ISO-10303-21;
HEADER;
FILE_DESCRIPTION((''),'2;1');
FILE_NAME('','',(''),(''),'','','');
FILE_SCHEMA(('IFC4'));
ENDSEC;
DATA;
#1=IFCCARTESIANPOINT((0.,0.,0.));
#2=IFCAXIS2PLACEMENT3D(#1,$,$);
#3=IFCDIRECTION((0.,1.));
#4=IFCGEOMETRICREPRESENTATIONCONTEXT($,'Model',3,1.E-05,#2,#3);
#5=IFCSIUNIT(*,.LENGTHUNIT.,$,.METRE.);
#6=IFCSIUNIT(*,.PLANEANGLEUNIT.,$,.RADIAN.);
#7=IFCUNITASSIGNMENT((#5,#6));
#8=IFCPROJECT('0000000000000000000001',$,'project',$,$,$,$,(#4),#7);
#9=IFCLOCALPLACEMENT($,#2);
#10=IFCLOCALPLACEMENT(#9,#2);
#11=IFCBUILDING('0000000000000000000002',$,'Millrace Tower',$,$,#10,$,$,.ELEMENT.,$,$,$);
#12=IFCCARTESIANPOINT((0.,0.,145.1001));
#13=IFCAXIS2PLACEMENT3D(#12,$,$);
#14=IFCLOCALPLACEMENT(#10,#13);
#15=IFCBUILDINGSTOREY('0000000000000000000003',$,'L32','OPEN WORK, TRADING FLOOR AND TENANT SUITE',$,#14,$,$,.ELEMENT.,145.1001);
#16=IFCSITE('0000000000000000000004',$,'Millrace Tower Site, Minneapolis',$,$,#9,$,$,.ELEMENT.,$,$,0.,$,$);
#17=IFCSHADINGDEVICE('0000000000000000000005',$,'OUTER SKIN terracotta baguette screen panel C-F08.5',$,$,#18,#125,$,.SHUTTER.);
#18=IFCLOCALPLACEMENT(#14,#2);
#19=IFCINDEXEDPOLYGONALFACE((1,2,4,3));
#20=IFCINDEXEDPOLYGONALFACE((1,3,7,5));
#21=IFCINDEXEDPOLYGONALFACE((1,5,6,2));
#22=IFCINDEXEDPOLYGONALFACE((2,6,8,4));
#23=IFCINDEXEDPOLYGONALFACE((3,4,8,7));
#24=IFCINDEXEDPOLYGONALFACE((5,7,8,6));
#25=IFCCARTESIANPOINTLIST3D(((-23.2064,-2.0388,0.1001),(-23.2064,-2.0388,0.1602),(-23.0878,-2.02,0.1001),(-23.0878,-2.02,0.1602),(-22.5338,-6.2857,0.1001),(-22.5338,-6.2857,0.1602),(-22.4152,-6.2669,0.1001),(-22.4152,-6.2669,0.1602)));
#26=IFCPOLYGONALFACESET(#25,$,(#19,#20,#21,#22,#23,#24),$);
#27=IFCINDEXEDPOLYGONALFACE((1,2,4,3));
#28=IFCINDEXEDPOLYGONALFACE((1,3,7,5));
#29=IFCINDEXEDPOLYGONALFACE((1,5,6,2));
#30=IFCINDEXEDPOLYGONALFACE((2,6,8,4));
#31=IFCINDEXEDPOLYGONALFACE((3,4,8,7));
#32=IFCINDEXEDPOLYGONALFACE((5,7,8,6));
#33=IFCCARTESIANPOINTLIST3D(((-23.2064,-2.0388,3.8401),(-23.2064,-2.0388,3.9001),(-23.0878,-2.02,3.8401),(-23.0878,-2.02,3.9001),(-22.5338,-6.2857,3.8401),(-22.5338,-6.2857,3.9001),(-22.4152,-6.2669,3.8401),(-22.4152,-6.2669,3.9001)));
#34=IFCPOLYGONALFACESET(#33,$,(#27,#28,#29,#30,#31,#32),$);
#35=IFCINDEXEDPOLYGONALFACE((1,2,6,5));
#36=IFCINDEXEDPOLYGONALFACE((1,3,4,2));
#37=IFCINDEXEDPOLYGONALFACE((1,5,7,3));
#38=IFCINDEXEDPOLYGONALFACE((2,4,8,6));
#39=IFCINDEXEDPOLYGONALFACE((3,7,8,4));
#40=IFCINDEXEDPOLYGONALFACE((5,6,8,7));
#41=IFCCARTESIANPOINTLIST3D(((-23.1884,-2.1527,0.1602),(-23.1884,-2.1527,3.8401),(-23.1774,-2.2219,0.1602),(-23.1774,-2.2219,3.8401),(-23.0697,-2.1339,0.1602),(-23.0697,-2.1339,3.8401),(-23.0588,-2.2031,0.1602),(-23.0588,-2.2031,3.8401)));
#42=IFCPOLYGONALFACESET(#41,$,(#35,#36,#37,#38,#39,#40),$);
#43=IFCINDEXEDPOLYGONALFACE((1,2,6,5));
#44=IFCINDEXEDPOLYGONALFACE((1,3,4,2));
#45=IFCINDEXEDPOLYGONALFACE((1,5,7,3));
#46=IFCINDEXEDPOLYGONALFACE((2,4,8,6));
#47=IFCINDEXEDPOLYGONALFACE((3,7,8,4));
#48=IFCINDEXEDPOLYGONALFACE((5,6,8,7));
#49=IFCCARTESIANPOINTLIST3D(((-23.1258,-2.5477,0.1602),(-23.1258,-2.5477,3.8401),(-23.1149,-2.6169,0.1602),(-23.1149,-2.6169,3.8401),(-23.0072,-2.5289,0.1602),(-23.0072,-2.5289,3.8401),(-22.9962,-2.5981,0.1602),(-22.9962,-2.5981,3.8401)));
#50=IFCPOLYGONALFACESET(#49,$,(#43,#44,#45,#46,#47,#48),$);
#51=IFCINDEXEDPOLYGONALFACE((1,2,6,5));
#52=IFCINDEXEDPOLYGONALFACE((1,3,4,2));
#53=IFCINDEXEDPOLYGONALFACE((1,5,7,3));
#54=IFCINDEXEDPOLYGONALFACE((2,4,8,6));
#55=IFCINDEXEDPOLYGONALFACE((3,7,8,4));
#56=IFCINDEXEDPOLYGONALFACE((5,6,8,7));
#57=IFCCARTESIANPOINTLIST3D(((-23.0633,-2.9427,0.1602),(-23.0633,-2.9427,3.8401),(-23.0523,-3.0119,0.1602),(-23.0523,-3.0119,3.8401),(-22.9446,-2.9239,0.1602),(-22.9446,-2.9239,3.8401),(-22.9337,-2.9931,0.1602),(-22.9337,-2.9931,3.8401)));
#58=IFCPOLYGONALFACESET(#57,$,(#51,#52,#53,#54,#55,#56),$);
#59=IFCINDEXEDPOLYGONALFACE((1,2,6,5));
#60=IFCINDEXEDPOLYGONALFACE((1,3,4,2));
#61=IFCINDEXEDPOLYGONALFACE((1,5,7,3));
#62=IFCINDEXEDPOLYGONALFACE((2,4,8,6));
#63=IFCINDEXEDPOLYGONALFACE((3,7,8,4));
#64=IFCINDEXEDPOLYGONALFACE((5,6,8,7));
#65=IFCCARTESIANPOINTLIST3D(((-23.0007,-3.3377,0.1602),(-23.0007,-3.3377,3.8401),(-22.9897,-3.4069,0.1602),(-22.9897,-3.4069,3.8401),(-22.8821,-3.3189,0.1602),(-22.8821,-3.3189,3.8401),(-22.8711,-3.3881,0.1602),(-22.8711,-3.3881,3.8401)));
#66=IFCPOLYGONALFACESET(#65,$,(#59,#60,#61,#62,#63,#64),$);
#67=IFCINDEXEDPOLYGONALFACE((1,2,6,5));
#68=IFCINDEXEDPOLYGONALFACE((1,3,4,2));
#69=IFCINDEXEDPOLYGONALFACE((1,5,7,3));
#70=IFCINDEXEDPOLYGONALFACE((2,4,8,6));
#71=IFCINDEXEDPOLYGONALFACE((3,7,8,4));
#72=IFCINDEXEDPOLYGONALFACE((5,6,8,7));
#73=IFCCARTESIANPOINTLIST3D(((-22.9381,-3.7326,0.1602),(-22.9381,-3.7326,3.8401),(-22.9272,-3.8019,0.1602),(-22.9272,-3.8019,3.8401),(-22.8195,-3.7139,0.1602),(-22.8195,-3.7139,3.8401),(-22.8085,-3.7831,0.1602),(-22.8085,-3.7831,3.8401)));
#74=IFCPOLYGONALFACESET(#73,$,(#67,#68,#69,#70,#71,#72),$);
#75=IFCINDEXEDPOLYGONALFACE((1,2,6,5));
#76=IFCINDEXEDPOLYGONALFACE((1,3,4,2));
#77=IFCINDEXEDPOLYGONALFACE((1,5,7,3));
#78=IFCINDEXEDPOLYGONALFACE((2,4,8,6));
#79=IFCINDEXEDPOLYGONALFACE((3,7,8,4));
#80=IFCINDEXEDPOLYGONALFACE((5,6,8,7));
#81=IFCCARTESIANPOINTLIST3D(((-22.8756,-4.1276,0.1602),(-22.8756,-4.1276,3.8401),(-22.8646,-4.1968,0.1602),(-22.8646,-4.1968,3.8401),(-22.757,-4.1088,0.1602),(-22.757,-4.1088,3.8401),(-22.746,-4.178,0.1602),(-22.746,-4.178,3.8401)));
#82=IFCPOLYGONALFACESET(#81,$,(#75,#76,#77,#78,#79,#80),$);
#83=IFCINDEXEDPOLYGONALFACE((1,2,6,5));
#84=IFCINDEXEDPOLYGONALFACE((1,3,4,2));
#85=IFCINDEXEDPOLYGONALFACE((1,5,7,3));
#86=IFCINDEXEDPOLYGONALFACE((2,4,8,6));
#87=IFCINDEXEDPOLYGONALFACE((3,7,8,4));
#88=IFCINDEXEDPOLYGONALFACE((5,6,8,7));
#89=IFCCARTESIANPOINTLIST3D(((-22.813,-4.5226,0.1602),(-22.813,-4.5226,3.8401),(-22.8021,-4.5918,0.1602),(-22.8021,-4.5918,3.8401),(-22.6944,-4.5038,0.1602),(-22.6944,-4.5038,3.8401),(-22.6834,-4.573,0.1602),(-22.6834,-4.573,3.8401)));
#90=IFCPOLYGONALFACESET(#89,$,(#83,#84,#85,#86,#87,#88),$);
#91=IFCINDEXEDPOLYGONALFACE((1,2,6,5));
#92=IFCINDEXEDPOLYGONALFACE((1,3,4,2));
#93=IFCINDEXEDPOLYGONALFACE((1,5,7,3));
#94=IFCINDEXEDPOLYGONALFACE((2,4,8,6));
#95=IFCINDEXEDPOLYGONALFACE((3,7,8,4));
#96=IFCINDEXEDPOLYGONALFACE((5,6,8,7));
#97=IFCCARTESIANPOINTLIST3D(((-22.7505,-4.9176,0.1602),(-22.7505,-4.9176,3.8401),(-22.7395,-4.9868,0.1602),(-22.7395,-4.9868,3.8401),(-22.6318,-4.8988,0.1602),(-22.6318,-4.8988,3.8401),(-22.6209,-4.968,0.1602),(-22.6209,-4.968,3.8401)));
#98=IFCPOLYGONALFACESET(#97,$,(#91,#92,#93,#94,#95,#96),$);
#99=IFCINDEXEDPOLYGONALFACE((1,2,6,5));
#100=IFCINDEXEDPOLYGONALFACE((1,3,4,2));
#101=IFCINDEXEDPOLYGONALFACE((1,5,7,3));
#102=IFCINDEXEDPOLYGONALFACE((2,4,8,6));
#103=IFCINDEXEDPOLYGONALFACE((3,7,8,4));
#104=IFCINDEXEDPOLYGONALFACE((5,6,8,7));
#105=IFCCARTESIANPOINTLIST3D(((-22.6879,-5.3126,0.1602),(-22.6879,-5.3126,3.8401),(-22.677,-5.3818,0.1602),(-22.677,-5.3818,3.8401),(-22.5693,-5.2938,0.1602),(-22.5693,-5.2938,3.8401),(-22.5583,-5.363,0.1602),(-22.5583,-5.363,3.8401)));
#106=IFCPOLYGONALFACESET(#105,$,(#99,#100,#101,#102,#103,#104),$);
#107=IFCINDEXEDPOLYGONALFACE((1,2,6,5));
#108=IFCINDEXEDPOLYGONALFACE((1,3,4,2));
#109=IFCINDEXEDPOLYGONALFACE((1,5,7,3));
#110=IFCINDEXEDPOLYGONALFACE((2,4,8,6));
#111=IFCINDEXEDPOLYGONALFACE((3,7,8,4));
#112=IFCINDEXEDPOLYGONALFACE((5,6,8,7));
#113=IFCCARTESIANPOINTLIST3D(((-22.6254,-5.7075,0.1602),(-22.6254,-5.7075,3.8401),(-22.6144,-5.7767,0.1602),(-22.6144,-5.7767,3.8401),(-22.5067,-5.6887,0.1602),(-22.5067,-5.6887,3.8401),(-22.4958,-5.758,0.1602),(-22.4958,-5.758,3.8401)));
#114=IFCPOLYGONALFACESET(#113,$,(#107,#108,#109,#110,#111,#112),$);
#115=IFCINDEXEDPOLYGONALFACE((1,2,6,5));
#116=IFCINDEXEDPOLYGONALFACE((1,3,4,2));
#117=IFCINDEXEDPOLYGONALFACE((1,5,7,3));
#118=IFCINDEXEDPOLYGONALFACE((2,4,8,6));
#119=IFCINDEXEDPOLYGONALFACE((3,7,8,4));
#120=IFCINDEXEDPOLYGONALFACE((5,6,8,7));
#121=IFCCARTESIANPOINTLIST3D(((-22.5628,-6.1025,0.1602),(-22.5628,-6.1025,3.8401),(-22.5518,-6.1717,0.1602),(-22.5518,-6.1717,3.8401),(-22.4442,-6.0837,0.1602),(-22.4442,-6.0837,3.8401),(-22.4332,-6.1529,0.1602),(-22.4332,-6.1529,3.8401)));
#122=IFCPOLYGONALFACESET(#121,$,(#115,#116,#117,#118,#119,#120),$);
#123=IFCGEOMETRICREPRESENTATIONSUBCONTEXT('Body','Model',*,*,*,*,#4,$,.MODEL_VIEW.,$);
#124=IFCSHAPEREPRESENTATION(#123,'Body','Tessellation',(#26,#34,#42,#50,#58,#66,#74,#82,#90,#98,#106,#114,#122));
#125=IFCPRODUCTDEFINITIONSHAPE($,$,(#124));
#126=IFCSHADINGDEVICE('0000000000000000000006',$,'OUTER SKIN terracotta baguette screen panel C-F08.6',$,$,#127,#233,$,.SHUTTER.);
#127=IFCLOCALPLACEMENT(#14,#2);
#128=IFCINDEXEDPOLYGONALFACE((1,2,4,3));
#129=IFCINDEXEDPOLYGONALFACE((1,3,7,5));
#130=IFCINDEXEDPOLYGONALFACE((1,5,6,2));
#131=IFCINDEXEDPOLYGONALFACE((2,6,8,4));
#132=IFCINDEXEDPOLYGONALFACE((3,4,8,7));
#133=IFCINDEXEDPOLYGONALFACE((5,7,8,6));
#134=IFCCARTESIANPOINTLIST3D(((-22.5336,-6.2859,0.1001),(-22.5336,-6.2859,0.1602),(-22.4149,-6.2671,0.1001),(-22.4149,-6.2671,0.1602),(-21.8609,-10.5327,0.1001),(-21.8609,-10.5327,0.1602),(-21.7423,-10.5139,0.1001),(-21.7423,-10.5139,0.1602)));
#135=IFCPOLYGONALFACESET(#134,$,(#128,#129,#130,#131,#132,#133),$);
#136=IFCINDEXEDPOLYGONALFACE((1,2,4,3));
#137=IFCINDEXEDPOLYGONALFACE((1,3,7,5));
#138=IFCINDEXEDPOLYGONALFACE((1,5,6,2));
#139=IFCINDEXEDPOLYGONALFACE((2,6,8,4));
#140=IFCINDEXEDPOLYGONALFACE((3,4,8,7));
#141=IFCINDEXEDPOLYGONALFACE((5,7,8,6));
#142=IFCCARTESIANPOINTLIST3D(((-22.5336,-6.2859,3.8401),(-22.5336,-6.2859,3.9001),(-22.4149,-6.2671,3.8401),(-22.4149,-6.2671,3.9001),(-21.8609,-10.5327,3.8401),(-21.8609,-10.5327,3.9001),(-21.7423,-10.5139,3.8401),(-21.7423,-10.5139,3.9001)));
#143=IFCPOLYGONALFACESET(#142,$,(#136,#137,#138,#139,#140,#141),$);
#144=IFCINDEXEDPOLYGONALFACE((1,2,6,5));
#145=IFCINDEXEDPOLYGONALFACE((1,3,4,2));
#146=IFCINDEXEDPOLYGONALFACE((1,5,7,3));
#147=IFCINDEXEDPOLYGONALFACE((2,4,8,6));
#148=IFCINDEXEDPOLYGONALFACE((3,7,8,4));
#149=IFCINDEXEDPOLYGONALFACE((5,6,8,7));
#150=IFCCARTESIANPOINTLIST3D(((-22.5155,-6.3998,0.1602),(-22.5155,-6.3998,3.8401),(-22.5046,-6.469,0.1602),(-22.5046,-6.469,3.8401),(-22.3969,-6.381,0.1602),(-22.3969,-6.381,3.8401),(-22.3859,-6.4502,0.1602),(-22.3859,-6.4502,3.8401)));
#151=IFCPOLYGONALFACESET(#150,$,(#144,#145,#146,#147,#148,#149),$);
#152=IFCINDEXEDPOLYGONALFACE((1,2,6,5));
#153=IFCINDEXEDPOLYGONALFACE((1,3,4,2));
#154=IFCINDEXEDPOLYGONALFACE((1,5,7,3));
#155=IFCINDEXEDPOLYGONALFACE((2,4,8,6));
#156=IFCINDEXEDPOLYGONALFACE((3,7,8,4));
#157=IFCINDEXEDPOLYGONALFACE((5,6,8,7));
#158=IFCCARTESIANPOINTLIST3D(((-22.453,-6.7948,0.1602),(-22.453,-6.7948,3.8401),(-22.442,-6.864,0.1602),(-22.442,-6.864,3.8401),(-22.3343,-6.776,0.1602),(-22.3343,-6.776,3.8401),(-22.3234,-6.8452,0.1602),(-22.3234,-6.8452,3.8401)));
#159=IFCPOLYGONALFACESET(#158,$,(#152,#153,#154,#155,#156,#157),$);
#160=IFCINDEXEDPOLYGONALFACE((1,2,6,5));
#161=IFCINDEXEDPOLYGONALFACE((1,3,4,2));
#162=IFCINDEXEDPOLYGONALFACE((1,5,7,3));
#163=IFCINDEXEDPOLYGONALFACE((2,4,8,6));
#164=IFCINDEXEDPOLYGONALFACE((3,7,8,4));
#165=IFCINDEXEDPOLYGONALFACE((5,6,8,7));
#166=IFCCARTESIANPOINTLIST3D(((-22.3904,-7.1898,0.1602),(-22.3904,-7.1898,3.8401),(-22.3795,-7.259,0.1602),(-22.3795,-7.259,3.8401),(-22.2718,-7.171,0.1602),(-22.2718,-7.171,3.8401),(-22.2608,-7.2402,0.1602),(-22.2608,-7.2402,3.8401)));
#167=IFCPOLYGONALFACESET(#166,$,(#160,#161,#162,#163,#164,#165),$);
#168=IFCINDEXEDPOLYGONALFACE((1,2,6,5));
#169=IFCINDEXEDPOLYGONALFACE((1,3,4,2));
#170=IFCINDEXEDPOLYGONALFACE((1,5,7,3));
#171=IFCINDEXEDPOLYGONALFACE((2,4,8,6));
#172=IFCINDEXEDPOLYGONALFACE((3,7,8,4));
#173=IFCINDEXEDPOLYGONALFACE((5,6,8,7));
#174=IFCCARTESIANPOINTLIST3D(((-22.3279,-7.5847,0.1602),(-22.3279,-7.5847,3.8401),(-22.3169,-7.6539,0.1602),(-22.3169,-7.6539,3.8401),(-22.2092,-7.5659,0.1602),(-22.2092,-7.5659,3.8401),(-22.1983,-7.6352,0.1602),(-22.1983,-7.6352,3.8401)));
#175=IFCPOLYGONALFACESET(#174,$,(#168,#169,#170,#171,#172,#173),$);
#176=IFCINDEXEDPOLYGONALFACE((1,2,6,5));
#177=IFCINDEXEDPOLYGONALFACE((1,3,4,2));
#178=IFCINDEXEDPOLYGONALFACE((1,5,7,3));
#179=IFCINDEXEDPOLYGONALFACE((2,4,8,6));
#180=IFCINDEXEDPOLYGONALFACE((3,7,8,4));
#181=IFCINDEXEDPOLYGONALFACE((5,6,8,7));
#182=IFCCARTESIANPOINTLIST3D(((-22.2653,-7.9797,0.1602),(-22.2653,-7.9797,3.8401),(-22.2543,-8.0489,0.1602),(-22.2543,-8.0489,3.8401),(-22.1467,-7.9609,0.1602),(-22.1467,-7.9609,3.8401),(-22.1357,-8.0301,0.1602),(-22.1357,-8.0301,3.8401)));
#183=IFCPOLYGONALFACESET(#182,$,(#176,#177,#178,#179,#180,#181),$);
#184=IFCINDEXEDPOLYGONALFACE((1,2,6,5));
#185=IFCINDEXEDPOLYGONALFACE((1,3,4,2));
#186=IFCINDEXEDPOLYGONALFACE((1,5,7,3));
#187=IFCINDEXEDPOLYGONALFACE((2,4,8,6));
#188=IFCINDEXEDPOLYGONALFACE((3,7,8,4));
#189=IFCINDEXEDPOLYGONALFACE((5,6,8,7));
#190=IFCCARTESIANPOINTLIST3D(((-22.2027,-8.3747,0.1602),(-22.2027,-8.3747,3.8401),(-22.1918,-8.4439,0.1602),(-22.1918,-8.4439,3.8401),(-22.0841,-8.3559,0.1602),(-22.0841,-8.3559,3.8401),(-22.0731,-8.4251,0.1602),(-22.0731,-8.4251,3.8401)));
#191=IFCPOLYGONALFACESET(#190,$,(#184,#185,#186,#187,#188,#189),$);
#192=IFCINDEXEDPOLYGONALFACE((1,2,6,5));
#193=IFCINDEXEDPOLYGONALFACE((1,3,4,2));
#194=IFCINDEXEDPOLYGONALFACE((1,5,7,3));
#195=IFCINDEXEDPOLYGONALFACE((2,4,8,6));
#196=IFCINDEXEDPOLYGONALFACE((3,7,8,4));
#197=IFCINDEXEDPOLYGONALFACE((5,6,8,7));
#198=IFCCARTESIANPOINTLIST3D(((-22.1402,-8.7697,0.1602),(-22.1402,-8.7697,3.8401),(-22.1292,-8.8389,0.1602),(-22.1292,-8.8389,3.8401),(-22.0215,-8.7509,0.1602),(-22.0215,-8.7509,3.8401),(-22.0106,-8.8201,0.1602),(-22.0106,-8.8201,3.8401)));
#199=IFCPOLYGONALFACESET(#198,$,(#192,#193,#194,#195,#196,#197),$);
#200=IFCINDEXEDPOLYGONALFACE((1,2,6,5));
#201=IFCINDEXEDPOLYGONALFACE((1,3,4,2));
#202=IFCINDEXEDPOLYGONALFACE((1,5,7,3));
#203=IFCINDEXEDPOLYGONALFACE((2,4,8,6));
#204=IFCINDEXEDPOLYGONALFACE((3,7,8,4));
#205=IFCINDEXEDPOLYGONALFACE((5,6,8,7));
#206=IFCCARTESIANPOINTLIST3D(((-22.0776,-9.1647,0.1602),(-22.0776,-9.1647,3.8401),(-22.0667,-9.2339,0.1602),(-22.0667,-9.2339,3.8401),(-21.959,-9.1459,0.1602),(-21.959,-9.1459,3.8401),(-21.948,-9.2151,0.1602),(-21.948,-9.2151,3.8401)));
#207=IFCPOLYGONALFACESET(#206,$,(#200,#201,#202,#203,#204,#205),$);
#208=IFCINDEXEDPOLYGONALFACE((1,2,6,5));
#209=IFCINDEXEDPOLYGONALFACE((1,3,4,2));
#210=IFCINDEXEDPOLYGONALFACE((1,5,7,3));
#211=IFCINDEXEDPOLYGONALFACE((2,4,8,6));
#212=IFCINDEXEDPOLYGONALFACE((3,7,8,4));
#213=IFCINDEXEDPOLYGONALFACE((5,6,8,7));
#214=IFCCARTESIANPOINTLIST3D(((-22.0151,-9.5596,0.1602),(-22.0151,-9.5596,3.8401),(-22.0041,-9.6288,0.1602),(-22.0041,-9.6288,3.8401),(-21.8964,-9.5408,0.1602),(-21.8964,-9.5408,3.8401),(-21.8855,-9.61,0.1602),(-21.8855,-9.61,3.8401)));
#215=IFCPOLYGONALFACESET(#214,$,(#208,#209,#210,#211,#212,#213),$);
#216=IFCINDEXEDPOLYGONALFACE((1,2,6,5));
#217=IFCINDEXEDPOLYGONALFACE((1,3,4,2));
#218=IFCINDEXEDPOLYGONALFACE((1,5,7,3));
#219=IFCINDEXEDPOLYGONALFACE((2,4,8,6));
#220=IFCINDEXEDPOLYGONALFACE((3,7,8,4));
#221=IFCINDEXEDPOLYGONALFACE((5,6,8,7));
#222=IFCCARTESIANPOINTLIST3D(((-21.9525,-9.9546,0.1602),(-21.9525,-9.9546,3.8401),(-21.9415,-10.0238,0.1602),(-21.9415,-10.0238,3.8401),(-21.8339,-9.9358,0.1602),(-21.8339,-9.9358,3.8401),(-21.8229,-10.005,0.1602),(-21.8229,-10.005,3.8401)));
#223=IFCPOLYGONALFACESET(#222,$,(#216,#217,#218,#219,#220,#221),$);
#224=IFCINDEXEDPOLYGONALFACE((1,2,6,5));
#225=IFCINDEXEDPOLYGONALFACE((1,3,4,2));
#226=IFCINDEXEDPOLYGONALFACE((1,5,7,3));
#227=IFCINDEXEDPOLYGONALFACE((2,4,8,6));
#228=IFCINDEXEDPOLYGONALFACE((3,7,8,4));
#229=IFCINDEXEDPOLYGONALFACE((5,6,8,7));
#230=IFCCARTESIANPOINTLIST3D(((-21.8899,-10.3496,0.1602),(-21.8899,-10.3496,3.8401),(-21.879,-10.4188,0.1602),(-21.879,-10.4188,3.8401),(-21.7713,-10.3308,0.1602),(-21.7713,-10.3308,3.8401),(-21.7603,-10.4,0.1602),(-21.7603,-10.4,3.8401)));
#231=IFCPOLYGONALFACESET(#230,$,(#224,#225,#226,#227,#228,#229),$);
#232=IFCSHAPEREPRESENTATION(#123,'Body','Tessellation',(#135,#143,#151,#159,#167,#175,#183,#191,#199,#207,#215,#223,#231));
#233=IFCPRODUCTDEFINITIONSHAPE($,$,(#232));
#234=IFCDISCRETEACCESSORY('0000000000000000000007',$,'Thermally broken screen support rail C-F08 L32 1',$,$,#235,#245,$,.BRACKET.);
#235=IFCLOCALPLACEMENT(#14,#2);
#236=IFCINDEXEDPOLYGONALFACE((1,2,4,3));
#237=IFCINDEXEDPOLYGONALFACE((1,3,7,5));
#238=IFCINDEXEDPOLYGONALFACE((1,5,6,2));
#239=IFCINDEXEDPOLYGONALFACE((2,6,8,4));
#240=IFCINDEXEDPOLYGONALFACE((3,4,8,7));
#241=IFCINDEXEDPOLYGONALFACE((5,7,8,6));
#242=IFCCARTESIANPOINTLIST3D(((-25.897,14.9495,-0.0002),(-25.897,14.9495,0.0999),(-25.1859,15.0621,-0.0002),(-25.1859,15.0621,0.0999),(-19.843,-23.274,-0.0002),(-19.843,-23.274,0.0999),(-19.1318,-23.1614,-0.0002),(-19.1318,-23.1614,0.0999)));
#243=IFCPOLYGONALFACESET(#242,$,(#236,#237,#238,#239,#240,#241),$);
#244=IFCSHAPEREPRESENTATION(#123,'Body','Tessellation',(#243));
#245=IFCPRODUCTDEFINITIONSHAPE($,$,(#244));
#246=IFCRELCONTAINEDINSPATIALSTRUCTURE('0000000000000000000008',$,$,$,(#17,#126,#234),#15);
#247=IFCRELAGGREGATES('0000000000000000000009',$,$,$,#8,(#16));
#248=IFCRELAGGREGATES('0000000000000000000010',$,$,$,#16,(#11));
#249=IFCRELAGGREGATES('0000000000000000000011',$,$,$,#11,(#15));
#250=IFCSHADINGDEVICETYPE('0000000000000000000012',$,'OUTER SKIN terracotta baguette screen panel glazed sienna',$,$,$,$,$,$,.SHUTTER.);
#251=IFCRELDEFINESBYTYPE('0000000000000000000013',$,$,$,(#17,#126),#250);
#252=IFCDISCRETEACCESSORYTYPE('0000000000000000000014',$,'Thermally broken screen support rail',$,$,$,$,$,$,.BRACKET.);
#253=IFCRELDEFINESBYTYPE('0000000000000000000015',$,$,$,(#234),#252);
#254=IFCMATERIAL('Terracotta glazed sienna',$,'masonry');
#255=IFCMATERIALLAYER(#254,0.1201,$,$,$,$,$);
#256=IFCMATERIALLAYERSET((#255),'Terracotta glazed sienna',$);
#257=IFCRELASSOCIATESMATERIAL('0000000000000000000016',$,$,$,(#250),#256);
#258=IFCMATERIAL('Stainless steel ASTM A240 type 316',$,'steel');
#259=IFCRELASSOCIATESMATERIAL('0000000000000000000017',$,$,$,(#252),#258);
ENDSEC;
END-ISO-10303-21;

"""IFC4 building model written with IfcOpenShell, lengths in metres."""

from ifc_helpers import new_model, entity, si_unit, direction, frame, frame_2d, origin, origin_2d, place, context, subcontext, project, spatial, rectangle, extrude, source, transform, mapped, material, layer, layer_set, type_object, element, save


model = new_model("IFC4")

# Units and contexts
model_context = context("Model", 3, precision=1e-05, world=origin(), true_north=direction((0.0, 1.0)))
body_context = subcontext(model_context, "Body", "Model", "MODEL_VIEW")
ifc_project = project(units=[si_unit("LENGTHUNIT", "METRE"), si_unit("PLANEANGLEUNIT", "RADIAN")], contexts=[model_context])

# Site, building, storey
site_placement = place(None, origin())
site = spatial("IfcSite", under=ifc_project, at=site_placement, Name="Millrace Tower Site, Minneapolis", CompositionType="ELEMENT", RefElevation=0.0)
building_placement = place(site_placement, origin())
building = spatial("IfcBuilding", under=site, at=building_placement, Name="Millrace Tower", CompositionType="ELEMENT")
storey_placement = place(building_placement, frame((0.0, 0.0, 145.1001)))
storey = spatial("IfcBuildingStorey", under=building, at=storey_placement, Name="L32", Description="OPEN WORK, TRADING FLOOR AND TENANT SUITE", CompositionType="ELEMENT", Elevation=145.1001)

# Shading devices
ifc_material_1 = material(Name="Terracotta glazed sienna", Category="masonry")
ifc_layer_1 = layer(ifc_material_1, 0.1201)
ifc_layer_set_1 = layer_set([ifc_layer_1], Name="Terracotta glazed sienna")
shading_device_type = type_object("IfcShadingDeviceType", Name="OUTER SKIN terracotta baguette screen panel glazed sienna", PredefinedType="SHUTTER", material=ifc_layer_set_1)
cartesian_point = entity("IfcCartesianPoint", [-2.1499, 0.0601])
shared_polyline = entity("IfcPolyline", [cartesian_point, entity("IfcCartesianPoint", [2.1499, 0.0601]), entity("IfcCartesianPoint", [2.1499, -0.0601]), entity("IfcCartesianPoint", [-2.1499, -0.0601]), cartesian_point])
shared_shape = source(origin(), body_context, "Body", "SweptSolid", [
    entity("IfcExtrudedAreaSolid", entity("IfcArbitraryClosedProfileDef", "AREA", None, shared_polyline), entity("IfcAxis2Placement3D", entity("IfcCartesianPoint", [0.0, 0.0, 0.0])), entity("IfcDirection", [0.0, 0.0, 1.0]), 0.0601),
    entity("IfcExtrudedAreaSolid", entity("IfcArbitraryClosedProfileDef", "AREA", None, shared_polyline), entity("IfcAxis2Placement3D", entity("IfcCartesianPoint", [0.0, 0.0, 3.74])), entity("IfcDirection", [0.0, 0.0, 1.0]), 0.0601),
    extrude(rectangle(XDim=0.0701, YDim=0.1201, at=frame_2d((-1.9995, 0.0))), frame((0.0, 0.0, 0.0601)), (0.0, 0.0, 1.0), 3.6799),
    extrude(rectangle(XDim=0.0701, YDim=0.1201, at=frame_2d((-1.5996, 0.0))), frame((0.0, 0.0, 0.0601)), (0.0, 0.0, 1.0), 3.6799),
    extrude(rectangle(XDim=0.0701, YDim=0.1201, at=frame_2d((-1.1997, 0.0))), frame((0.0, 0.0, 0.0601)), (0.0, 0.0, 1.0), 3.6799),
    extrude(rectangle(XDim=0.0701, YDim=0.1201, at=frame_2d((-0.7998, 0.0))), frame((0.0, 0.0, 0.0601)), (0.0, 0.0, 1.0), 3.6799),
    extrude(rectangle(XDim=0.0701, YDim=0.1201, at=frame_2d((-0.3999, 0.0))), frame((0.0, 0.0, 0.0601)), (0.0, 0.0, 1.0), 3.6799),
    extrude(rectangle(XDim=0.0701, YDim=0.1201, at=origin_2d()), frame((0.0, 0.0, 0.0601)), (0.0, 0.0, 1.0), 3.6799),
    extrude(rectangle(XDim=0.0701, YDim=0.1201, at=frame_2d((0.3999, 0.0))), frame((0.0, 0.0, 0.0601)), (0.0, 0.0, 1.0), 3.6799),
    extrude(rectangle(XDim=0.0701, YDim=0.1201, at=frame_2d((0.7998, 0.0))), frame((0.0, 0.0, 0.0601)), (0.0, 0.0, 1.0), 3.6799),
    extrude(rectangle(XDim=0.0701, YDim=0.1201, at=frame_2d((1.1997, 0.0))), frame((0.0, 0.0, 0.0601)), (0.0, 0.0, 1.0), 3.6799),
    extrude(rectangle(XDim=0.0701, YDim=0.1201, at=frame_2d((1.5996, 0.0))), frame((0.0, 0.0, 0.0601)), (0.0, 0.0, 1.0), 3.6799),
    extrude(rectangle(XDim=0.0701, YDim=0.1201, at=frame_2d((1.9995, 0.0))), frame((0.0, 0.0, 0.0601)), (0.0, 0.0, 1.0), 3.6799),
])
for number, where, z_axis, x_axis, name in (
    (1, (-22.8108, -4.1528, 0.1001), (0.0, 0.0, 1.0), (0.156434, -0.987688, 0.0), "OUTER SKIN terracotta baguette screen panel C-F08.5"),
    (2, (-22.1379, -8.3999, 0.1001), (0.0, 0.0, 1.0), (0.156434, -0.987688, 0.0), "OUTER SKIN terracotta baguette screen panel C-F08.6"),
):
    element("IfcShadingDevice", number, at=place(storey_placement, frame(where, z_axis=z_axis, x_axis=x_axis)), inside=storey, type_object=shading_device_type, Name=name, PredefinedType="SHUTTER", context=body_context, shape_type="MappedRepresentation", body=[
        mapped(shared_shape, transform((0.0, 0.0, 0.0), scale=1.0)),
    ])

# Discrete accessory
ifc_material_2 = material(Name="Stainless steel ASTM A240 type 316", Category="steel")
discrete_accessory_type = type_object("IfcDiscreteAccessoryType", Name="Thermally broken screen support rail", PredefinedType="BRACKET", material=ifc_material_2)
discrete_accessory_placement = place(storey_placement, frame((-22.5144, -4.106, -0.0002), z_axis=(0.0, 0.0, 1.0), x_axis=(0.156434, -0.987688, 0.0)))
element("IfcDiscreteAccessory", 3, at=discrete_accessory_placement, inside=storey, type_object=discrete_accessory_type, Name="Thermally broken screen support rail C-F08 L32 1", PredefinedType="BRACKET", context=body_context, shape_type="SweptSolid", body=[
    extrude(rectangle(XDim=38.7, YDim=0.72, at=origin_2d()), origin(), (0.0, 0.0, 1.0), 0.1001),
])

save(model, "model.ifc")
